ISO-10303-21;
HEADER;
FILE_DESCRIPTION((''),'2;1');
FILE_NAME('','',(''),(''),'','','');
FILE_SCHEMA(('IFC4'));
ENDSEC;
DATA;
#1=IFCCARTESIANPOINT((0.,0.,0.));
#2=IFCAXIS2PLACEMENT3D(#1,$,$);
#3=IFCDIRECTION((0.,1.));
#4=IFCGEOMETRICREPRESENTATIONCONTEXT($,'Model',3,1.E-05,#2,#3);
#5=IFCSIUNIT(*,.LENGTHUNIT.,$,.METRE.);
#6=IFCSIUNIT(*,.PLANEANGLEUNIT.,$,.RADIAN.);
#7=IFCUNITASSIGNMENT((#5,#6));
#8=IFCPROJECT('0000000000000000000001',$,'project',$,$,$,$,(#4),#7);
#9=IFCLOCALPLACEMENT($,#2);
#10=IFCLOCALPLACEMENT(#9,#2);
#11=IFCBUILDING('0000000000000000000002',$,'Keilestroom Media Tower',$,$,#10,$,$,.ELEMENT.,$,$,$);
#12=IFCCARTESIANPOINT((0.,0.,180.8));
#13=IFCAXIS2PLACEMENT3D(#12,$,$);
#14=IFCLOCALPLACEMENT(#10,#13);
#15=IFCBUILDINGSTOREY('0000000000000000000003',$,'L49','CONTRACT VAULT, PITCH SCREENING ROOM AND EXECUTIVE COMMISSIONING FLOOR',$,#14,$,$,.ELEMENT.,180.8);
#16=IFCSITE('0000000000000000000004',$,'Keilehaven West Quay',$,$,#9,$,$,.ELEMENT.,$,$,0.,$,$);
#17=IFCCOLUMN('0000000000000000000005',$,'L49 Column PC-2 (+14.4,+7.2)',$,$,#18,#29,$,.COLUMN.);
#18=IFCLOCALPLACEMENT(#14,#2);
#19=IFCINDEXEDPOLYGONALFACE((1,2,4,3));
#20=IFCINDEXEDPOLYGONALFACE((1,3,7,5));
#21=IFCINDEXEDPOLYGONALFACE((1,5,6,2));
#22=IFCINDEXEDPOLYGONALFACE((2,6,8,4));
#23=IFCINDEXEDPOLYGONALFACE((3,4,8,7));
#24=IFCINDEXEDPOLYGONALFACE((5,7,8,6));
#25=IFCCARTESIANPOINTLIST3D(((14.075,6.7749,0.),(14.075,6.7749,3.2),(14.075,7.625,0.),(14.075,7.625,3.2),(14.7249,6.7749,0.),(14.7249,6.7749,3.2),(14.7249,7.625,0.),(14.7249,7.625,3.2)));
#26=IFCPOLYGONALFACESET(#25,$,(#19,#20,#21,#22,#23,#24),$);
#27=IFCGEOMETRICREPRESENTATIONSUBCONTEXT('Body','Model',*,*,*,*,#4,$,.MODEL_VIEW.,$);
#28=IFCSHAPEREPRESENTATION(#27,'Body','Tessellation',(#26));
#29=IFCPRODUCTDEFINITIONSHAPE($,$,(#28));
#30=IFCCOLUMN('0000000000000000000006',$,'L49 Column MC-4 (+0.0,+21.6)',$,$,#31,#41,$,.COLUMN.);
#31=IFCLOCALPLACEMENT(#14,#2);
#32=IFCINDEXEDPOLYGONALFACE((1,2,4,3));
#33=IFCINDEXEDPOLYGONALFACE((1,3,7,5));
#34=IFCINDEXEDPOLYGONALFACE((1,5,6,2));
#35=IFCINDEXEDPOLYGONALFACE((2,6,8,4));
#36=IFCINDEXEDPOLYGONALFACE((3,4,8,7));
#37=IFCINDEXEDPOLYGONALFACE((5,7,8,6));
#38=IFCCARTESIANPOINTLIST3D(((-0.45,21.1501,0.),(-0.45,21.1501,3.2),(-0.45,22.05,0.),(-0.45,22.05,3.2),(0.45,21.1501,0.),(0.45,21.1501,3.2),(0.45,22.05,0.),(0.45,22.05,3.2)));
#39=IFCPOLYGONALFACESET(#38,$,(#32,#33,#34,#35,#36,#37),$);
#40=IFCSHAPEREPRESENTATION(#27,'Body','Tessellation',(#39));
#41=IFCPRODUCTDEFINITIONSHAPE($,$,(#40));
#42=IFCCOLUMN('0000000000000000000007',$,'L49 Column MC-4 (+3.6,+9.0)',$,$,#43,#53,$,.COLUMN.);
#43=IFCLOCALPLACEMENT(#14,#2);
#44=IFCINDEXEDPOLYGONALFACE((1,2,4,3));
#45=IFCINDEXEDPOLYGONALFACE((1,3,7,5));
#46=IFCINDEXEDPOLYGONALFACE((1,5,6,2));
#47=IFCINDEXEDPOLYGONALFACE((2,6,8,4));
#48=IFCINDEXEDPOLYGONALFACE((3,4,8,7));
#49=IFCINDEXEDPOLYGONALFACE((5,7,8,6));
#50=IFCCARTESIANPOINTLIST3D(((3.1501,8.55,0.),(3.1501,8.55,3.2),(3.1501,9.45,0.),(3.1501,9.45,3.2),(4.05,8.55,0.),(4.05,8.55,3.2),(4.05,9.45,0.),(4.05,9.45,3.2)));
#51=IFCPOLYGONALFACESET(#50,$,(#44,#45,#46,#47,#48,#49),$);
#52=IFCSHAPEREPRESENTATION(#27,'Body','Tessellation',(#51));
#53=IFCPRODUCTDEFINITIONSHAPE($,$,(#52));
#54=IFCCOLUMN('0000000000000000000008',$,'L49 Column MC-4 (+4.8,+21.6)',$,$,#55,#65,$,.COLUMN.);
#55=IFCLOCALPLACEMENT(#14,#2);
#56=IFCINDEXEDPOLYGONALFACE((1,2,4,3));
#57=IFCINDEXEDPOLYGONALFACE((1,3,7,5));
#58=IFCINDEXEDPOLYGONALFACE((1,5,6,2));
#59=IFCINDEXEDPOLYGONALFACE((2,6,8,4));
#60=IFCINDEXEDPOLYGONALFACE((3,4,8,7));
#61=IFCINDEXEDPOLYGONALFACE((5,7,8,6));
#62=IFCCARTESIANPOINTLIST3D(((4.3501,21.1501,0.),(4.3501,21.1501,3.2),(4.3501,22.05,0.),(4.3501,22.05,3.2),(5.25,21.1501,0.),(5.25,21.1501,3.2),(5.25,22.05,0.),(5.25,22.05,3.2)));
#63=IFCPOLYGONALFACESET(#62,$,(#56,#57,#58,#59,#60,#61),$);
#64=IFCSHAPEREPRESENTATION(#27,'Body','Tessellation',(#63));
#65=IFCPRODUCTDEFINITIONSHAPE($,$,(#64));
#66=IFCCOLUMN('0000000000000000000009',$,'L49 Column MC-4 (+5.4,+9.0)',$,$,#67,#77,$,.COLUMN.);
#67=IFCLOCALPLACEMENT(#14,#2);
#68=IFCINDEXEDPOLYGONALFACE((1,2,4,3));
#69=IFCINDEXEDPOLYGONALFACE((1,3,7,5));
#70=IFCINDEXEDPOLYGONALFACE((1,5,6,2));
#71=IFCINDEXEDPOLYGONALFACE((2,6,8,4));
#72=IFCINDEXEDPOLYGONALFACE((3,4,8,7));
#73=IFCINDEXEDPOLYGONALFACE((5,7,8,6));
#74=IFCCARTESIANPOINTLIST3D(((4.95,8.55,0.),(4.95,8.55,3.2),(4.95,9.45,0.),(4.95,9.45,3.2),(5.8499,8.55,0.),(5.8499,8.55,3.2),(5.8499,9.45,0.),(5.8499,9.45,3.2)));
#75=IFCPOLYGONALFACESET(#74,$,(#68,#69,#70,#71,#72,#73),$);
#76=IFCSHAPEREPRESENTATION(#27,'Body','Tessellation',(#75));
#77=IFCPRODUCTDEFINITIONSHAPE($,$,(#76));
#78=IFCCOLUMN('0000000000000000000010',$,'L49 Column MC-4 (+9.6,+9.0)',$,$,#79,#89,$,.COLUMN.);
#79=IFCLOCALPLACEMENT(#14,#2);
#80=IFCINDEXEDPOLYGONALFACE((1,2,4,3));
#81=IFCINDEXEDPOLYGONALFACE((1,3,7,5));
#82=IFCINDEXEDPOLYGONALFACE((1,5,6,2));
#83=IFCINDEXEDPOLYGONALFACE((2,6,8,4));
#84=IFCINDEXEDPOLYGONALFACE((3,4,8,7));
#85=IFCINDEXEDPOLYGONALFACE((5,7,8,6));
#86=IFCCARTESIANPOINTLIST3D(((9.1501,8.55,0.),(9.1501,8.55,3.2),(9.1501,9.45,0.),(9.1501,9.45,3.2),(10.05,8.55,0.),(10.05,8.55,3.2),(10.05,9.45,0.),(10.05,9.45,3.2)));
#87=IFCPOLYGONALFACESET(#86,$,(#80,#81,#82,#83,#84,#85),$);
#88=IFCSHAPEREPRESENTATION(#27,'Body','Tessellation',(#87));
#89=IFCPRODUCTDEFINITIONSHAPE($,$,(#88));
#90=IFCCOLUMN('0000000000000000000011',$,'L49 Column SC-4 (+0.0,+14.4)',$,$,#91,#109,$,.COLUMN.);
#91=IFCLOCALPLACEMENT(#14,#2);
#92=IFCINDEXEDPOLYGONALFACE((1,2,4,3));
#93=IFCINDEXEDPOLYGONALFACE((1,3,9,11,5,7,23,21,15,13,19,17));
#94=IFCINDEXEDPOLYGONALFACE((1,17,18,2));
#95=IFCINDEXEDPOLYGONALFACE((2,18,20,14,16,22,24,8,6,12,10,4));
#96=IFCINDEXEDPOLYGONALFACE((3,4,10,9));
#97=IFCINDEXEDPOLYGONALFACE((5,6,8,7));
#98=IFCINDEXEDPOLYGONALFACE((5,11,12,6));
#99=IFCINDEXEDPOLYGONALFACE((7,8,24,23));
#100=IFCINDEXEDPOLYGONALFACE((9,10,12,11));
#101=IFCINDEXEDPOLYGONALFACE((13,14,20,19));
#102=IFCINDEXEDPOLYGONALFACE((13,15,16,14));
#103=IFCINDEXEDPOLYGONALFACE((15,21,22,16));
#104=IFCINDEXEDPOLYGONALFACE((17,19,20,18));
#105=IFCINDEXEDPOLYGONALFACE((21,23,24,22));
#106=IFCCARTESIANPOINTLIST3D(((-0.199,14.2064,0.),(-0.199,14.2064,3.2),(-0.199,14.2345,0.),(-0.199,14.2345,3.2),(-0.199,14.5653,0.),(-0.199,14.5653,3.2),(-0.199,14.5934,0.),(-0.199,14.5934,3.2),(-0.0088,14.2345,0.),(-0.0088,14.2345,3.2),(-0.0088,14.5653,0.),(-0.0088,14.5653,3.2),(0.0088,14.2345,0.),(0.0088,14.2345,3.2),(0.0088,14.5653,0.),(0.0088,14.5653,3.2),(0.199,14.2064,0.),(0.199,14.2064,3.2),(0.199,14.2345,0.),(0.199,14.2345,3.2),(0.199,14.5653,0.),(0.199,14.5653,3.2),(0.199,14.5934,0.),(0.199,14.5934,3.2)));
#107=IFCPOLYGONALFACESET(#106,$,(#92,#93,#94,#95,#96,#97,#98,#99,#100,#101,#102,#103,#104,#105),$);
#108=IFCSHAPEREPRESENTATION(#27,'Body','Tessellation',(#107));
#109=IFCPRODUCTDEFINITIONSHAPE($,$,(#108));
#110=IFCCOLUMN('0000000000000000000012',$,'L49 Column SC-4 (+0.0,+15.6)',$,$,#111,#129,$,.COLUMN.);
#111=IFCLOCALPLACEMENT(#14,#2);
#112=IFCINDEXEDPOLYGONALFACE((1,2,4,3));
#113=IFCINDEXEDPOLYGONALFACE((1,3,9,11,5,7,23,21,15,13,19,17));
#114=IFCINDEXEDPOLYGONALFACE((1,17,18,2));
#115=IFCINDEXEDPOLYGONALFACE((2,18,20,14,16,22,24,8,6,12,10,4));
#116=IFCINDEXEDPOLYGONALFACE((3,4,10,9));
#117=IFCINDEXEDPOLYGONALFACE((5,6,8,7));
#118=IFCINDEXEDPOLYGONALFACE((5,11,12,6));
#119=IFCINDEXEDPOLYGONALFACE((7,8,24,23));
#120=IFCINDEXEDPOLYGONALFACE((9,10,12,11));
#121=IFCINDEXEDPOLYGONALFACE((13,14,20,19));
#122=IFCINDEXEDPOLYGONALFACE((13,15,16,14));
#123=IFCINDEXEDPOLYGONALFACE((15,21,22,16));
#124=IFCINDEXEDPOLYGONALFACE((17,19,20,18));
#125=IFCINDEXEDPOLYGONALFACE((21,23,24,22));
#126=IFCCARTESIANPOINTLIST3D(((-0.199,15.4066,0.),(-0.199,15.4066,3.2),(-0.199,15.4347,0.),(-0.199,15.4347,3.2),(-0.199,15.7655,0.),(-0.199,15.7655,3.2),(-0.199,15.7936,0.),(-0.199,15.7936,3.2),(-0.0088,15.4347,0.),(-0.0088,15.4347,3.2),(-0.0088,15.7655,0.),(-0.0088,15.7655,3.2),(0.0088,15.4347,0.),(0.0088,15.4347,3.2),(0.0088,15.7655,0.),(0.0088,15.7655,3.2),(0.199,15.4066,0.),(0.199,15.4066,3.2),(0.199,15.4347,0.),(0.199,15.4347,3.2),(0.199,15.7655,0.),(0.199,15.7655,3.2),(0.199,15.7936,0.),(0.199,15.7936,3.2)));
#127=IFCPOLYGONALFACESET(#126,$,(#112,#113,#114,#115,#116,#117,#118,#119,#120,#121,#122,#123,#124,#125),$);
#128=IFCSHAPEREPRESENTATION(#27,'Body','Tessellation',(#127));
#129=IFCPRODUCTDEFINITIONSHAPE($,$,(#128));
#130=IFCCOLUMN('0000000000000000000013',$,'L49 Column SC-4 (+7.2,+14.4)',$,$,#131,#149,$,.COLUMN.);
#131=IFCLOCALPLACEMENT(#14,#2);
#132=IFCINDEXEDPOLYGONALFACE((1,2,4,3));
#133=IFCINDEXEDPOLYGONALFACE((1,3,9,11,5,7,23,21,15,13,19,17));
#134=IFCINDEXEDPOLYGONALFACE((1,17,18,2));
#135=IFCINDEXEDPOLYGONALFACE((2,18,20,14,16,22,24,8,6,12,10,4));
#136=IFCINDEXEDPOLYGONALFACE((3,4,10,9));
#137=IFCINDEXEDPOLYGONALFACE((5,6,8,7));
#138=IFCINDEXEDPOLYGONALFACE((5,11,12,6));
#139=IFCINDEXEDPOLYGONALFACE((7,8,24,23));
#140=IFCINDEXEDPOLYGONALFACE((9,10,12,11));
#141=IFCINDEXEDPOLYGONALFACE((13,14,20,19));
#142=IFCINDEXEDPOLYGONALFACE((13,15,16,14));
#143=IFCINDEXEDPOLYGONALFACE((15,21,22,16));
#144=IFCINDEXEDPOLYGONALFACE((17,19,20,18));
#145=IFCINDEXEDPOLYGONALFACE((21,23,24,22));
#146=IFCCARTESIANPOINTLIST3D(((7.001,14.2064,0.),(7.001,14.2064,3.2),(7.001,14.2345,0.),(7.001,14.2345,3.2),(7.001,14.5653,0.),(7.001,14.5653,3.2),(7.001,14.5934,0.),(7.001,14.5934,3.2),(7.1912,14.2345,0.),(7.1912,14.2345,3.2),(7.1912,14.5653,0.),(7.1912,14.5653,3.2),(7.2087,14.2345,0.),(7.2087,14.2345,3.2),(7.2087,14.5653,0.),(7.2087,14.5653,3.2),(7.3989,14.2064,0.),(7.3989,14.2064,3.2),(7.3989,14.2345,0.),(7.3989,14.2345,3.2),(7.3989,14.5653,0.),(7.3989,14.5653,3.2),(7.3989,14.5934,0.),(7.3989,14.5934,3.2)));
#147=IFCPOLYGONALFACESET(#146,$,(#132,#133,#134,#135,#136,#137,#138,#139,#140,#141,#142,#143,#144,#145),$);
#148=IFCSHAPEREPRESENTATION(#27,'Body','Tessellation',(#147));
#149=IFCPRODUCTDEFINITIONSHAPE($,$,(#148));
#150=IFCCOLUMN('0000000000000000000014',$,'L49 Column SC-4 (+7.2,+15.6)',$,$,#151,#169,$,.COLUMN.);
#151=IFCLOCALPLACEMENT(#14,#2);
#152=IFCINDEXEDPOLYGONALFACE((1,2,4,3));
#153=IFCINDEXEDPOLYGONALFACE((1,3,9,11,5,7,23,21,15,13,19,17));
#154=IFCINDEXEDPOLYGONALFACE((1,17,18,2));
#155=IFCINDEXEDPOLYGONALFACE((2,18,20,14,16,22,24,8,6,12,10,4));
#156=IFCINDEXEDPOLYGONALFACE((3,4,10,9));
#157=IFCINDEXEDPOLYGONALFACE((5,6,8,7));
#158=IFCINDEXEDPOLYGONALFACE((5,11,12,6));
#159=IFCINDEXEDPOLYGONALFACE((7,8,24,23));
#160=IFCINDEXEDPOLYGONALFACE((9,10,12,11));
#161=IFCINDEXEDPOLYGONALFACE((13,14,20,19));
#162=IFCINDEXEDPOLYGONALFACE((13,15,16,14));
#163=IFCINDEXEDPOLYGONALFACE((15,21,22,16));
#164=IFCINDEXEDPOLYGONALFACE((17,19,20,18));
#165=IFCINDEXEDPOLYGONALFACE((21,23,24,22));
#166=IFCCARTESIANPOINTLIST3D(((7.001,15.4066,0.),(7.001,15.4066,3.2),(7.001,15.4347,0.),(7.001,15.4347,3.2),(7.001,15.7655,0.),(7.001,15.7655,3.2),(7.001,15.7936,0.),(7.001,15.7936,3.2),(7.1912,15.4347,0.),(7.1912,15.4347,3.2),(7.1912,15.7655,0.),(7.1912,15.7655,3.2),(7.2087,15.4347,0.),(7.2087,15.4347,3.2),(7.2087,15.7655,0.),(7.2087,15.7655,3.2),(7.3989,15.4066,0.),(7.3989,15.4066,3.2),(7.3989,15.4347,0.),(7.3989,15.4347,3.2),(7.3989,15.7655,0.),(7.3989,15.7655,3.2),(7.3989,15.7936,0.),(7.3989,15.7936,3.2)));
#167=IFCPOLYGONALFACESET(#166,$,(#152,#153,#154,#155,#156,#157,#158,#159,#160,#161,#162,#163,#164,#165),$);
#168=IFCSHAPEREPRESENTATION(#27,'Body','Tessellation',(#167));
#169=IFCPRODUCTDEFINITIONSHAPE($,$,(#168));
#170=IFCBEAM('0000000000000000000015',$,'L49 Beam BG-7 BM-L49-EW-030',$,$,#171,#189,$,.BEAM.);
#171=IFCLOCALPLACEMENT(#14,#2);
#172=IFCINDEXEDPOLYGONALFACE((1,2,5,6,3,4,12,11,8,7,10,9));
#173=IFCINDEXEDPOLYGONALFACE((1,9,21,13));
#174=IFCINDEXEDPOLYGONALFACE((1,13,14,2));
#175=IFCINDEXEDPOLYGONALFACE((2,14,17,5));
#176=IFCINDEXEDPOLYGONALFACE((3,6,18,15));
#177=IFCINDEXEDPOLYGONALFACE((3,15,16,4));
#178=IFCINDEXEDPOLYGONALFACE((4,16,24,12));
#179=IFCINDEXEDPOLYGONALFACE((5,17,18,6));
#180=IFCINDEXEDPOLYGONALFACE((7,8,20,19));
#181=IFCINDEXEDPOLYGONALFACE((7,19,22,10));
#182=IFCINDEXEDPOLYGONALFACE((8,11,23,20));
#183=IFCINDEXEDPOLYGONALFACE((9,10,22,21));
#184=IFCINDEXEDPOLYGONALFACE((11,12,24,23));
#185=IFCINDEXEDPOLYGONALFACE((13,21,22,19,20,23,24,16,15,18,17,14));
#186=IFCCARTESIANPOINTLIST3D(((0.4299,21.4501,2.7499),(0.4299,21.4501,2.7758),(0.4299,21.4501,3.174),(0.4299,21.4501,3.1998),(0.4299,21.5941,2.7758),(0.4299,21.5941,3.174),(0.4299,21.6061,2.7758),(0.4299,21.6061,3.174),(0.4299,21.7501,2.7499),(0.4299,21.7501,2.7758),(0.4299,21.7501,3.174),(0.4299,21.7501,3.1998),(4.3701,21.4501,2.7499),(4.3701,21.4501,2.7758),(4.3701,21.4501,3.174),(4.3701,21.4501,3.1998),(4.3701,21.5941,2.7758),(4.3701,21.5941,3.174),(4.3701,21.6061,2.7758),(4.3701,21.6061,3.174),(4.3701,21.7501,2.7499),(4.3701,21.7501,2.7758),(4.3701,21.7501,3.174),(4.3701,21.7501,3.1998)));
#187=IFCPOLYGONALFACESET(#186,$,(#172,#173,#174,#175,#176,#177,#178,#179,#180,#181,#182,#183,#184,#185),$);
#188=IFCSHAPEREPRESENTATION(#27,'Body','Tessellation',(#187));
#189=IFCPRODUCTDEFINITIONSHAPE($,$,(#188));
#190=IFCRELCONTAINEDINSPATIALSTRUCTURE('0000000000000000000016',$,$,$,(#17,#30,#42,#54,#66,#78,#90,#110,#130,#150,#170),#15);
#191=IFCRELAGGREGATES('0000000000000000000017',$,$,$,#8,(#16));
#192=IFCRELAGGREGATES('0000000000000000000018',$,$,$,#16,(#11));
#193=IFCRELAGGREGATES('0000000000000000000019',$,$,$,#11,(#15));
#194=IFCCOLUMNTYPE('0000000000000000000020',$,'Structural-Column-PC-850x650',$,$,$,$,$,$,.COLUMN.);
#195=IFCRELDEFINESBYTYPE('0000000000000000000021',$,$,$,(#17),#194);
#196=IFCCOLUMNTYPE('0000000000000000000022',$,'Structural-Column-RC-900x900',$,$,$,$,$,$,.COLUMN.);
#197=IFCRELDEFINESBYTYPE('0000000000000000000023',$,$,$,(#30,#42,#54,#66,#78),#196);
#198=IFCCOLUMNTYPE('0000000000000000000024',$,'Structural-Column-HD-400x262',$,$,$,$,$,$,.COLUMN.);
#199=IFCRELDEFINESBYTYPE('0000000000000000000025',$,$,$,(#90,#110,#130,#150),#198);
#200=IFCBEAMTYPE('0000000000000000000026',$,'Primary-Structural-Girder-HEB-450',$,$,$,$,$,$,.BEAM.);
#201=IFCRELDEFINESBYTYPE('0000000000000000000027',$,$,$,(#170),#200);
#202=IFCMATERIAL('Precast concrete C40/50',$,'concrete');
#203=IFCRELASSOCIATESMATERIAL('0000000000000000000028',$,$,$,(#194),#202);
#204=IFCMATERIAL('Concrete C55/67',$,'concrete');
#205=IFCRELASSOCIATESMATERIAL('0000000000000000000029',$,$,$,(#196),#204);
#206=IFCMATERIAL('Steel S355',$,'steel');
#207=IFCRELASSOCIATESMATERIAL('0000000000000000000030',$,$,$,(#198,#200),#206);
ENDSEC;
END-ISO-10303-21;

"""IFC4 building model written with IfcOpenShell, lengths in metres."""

from ifc_helpers import new_model, si_unit, direction, frame, origin, origin_2d, place, context, subcontext, project, spatial, rectangle, i_section, extrude, source, transform, mapped, material, material_profile, profile_set, type_object, element, save


model = new_model("IFC4")

# Units and contexts
model_context = context("Model", 3, precision=1e-05, world=origin(), true_north=direction((0.0, 1.0)))
body_context = subcontext(model_context, "Body", "Model", "MODEL_VIEW")
ifc_project = project(units=[si_unit("LENGTHUNIT", "METRE"), si_unit("PLANEANGLEUNIT", "RADIAN")], contexts=[model_context])

# Site, building, storey
site_placement = place(None, origin())
site = spatial("IfcSite", under=ifc_project, at=site_placement, Name="Keilehaven West Quay", CompositionType="ELEMENT", RefElevation=0.0)
building_placement = place(site_placement, origin())
building = spatial("IfcBuilding", under=site, at=building_placement, Name="Keilestroom Media Tower", CompositionType="ELEMENT")
storey_placement = place(building_placement, frame((0.0, 0.0, 180.8)))
storey = spatial("IfcBuildingStorey", under=building, at=storey_placement, Name="L49", Description="CONTRACT VAULT, PITCH SCREENING ROOM AND EXECUTIVE COMMISSIONING FLOOR", CompositionType="ELEMENT", Elevation=180.8)

# Columns
ifc_material_1 = material(Name="Precast concrete C40/50", Category="concrete")
ifc_material_profile_1 = material_profile(ifc_material_1, rectangle(XDim=0.6499, YDim=0.8501, at=origin_2d()), Name="PC 850x650")
ifc_profile_set_1 = profile_set([ifc_material_profile_1], Name="Precast concrete C40/50")
column_type_1 = type_object("IfcColumnType", Name="Structural-Column-PC-850x650", PredefinedType="COLUMN", material=ifc_profile_set_1)
shared_shape_1 = source(origin(), body_context, "Body", "SweptSolid", [
    extrude(rectangle(XDim=0.6499, YDim=0.8501, at=origin_2d()), origin(), (0.0, 0.0, 1.0), 3.2),
])
column_placement = place(storey_placement, frame((14.3999, 7.2, 0.0), z_axis=(0.0, 0.0, 1.0), x_axis=(1.0, 0.0, 0.0)))
element("IfcColumn", 1, at=column_placement, inside=storey, type_object=column_type_1, Name="L49 Column PC-2 (+14.4,+7.2)", PredefinedType="COLUMN", context=body_context, shape_type="MappedRepresentation", body=[
    mapped(shared_shape_1, transform((0.0, 0.0, 0.0), x_axis=(1.0, 0.0, 0.0), y_axis=(0.0, 1.0, 0.0), z_axis=(0.0, 0.0, 1.0), scale=1.0)),
])
ifc_material_2 = material(Name="Concrete C55/67", Category="concrete")
ifc_material_profile_2 = material_profile(ifc_material_2, rectangle(XDim=0.8999, YDim=0.8999, at=origin_2d()), Name="RC 900x900")
ifc_profile_set_2 = profile_set([ifc_material_profile_2], Name="Concrete C55/67")
column_type_2 = type_object("IfcColumnType", Name="Structural-Column-RC-900x900", PredefinedType="COLUMN", material=ifc_profile_set_2)
shared_shape_2 = source(origin(), body_context, "Body", "SweptSolid", [
    extrude(rectangle(XDim=0.8999, YDim=0.8999, at=origin_2d()), origin(), (0.0, 0.0, 1.0), 3.2),
])
for number, where, z_axis, x_axis, name in (
    (2, (0.0, 21.6001, 0.0), (0.0, 0.0, 1.0), (1.0, 0.0, 0.0), "L49 Column MC-4 (+0.0,+21.6)"),
    (3, (3.6001, 9.0, 0.0), (0.0, 0.0, 1.0), (1.0, 0.0, 0.0), "L49 Column MC-4 (+3.6,+9.0)"),
    (4, (4.8, 21.6001, 0.0), (0.0, 0.0, 1.0), (1.0, 0.0, 0.0), "L49 Column MC-4 (+4.8,+21.6)"),
    (5, (5.3999, 9.0, 0.0), (0.0, 0.0, 1.0), (1.0, 0.0, 0.0), "L49 Column MC-4 (+5.4,+9.0)"),
    (6, (9.6001, 9.0, 0.0), (0.0, 0.0, 1.0), (1.0, 0.0, 0.0), "L49 Column MC-4 (+9.6,+9.0)"),
):
    element("IfcColumn", number, at=place(storey_placement, frame(where, z_axis=z_axis, x_axis=x_axis)), inside=storey, type_object=column_type_2, Name=name, PredefinedType="COLUMN", context=body_context, shape_type="MappedRepresentation", body=[
        mapped(shared_shape_2, transform((0.0, 0.0, 0.0), x_axis=(1.0, 0.0, 0.0), y_axis=(0.0, 1.0, 0.0), z_axis=(0.0, 0.0, 1.0), scale=1.0)),
    ])
ifc_material_3 = material(Name="Steel S355", Category="steel")
ifc_material_profile_3 = material_profile(ifc_material_3, i_section(OverallWidth=0.3979, OverallDepth=0.387, WebThickness=0.0176, FlangeThickness=0.0281, at=origin_2d()), Name="HD 400x262")
ifc_profile_set_3 = profile_set([ifc_material_profile_3], Name="Steel S355")
column_type_3 = type_object("IfcColumnType", Name="Structural-Column-HD-400x262", PredefinedType="COLUMN", material=ifc_profile_set_3)
shared_shape_3 = source(origin(), body_context, "Body", "SweptSolid", [
    extrude(i_section(OverallWidth=0.3979, OverallDepth=0.387, WebThickness=0.0176, FlangeThickness=0.0281, at=origin_2d()), origin(), (0.0, 0.0, 1.0), 3.2),
])
for number, where, z_axis, x_axis, name in (
    (7, (0.0, 14.3999, 0.0), (0.0, 0.0, 1.0), (1.0, 0.0, 0.0), "L49 Column SC-4 (+0.0,+14.4)"),
    (8, (0.0, 15.6001, 0.0), (0.0, 0.0, 1.0), (1.0, 0.0, 0.0), "L49 Column SC-4 (+0.0,+15.6)"),
    (9, (7.2, 14.3999, 0.0), (0.0, 0.0, 1.0), (1.0, 0.0, 0.0), "L49 Column SC-4 (+7.2,+14.4)"),
    (10, (7.2, 15.6001, 0.0), (0.0, 0.0, 1.0), (1.0, 0.0, 0.0), "L49 Column SC-4 (+7.2,+15.6)"),
):
    element("IfcColumn", number, at=place(storey_placement, frame(where, z_axis=z_axis, x_axis=x_axis)), inside=storey, type_object=column_type_3, Name=name, PredefinedType="COLUMN", context=body_context, shape_type="MappedRepresentation", body=[
        mapped(shared_shape_3, transform((0.0, 0.0, 0.0), x_axis=(1.0, 0.0, 0.0), y_axis=(0.0, 1.0, 0.0), z_axis=(0.0, 0.0, 1.0), scale=1.0)),
    ])

# Beam
ifc_material_profile_4 = material_profile(ifc_material_3, i_section(OverallWidth=0.3, OverallDepth=0.45, WebThickness=0.012, FlangeThickness=0.0259, at=origin_2d()), Name="HEB 450")
ifc_profile_set_4 = profile_set([ifc_material_profile_4], Name="Steel S355")
beam_type_1 = type_object("IfcBeamType", Name="Primary-Structural-Girder-HEB-450", PredefinedType="BEAM", material=ifc_profile_set_4)
shared_shape_4 = source(origin(), body_context, "Body", "SweptSolid", [
    extrude(i_section(OverallWidth=0.3, OverallDepth=0.45, WebThickness=0.012, FlangeThickness=0.0259, at=origin_2d()), origin(), (0.0, 0.0, 1.0), 3.9402),
])
beam_1_placement = place(storey_placement, frame((0.4299, 21.6001, 2.9749), z_axis=(1.0, 0.0, 0.0), x_axis=(0.0, 1.0, 0.0)))
element("IfcBeam", 11, at=beam_1_placement, inside=storey, type_object=beam_type_1, Name="L49 Beam BG-7 BM-L49-EW-030", PredefinedType="BEAM", context=body_context, shape_type="MappedRepresentation", body=[
    mapped(shared_shape_4, transform((0.0, 0.0, 0.0), x_axis=(1.0, 0.0, 0.0), y_axis=(0.0, 1.0, 0.0), z_axis=(0.0, 0.0, 1.0), scale=1.0)),
])

save(model, "model.ifc")
